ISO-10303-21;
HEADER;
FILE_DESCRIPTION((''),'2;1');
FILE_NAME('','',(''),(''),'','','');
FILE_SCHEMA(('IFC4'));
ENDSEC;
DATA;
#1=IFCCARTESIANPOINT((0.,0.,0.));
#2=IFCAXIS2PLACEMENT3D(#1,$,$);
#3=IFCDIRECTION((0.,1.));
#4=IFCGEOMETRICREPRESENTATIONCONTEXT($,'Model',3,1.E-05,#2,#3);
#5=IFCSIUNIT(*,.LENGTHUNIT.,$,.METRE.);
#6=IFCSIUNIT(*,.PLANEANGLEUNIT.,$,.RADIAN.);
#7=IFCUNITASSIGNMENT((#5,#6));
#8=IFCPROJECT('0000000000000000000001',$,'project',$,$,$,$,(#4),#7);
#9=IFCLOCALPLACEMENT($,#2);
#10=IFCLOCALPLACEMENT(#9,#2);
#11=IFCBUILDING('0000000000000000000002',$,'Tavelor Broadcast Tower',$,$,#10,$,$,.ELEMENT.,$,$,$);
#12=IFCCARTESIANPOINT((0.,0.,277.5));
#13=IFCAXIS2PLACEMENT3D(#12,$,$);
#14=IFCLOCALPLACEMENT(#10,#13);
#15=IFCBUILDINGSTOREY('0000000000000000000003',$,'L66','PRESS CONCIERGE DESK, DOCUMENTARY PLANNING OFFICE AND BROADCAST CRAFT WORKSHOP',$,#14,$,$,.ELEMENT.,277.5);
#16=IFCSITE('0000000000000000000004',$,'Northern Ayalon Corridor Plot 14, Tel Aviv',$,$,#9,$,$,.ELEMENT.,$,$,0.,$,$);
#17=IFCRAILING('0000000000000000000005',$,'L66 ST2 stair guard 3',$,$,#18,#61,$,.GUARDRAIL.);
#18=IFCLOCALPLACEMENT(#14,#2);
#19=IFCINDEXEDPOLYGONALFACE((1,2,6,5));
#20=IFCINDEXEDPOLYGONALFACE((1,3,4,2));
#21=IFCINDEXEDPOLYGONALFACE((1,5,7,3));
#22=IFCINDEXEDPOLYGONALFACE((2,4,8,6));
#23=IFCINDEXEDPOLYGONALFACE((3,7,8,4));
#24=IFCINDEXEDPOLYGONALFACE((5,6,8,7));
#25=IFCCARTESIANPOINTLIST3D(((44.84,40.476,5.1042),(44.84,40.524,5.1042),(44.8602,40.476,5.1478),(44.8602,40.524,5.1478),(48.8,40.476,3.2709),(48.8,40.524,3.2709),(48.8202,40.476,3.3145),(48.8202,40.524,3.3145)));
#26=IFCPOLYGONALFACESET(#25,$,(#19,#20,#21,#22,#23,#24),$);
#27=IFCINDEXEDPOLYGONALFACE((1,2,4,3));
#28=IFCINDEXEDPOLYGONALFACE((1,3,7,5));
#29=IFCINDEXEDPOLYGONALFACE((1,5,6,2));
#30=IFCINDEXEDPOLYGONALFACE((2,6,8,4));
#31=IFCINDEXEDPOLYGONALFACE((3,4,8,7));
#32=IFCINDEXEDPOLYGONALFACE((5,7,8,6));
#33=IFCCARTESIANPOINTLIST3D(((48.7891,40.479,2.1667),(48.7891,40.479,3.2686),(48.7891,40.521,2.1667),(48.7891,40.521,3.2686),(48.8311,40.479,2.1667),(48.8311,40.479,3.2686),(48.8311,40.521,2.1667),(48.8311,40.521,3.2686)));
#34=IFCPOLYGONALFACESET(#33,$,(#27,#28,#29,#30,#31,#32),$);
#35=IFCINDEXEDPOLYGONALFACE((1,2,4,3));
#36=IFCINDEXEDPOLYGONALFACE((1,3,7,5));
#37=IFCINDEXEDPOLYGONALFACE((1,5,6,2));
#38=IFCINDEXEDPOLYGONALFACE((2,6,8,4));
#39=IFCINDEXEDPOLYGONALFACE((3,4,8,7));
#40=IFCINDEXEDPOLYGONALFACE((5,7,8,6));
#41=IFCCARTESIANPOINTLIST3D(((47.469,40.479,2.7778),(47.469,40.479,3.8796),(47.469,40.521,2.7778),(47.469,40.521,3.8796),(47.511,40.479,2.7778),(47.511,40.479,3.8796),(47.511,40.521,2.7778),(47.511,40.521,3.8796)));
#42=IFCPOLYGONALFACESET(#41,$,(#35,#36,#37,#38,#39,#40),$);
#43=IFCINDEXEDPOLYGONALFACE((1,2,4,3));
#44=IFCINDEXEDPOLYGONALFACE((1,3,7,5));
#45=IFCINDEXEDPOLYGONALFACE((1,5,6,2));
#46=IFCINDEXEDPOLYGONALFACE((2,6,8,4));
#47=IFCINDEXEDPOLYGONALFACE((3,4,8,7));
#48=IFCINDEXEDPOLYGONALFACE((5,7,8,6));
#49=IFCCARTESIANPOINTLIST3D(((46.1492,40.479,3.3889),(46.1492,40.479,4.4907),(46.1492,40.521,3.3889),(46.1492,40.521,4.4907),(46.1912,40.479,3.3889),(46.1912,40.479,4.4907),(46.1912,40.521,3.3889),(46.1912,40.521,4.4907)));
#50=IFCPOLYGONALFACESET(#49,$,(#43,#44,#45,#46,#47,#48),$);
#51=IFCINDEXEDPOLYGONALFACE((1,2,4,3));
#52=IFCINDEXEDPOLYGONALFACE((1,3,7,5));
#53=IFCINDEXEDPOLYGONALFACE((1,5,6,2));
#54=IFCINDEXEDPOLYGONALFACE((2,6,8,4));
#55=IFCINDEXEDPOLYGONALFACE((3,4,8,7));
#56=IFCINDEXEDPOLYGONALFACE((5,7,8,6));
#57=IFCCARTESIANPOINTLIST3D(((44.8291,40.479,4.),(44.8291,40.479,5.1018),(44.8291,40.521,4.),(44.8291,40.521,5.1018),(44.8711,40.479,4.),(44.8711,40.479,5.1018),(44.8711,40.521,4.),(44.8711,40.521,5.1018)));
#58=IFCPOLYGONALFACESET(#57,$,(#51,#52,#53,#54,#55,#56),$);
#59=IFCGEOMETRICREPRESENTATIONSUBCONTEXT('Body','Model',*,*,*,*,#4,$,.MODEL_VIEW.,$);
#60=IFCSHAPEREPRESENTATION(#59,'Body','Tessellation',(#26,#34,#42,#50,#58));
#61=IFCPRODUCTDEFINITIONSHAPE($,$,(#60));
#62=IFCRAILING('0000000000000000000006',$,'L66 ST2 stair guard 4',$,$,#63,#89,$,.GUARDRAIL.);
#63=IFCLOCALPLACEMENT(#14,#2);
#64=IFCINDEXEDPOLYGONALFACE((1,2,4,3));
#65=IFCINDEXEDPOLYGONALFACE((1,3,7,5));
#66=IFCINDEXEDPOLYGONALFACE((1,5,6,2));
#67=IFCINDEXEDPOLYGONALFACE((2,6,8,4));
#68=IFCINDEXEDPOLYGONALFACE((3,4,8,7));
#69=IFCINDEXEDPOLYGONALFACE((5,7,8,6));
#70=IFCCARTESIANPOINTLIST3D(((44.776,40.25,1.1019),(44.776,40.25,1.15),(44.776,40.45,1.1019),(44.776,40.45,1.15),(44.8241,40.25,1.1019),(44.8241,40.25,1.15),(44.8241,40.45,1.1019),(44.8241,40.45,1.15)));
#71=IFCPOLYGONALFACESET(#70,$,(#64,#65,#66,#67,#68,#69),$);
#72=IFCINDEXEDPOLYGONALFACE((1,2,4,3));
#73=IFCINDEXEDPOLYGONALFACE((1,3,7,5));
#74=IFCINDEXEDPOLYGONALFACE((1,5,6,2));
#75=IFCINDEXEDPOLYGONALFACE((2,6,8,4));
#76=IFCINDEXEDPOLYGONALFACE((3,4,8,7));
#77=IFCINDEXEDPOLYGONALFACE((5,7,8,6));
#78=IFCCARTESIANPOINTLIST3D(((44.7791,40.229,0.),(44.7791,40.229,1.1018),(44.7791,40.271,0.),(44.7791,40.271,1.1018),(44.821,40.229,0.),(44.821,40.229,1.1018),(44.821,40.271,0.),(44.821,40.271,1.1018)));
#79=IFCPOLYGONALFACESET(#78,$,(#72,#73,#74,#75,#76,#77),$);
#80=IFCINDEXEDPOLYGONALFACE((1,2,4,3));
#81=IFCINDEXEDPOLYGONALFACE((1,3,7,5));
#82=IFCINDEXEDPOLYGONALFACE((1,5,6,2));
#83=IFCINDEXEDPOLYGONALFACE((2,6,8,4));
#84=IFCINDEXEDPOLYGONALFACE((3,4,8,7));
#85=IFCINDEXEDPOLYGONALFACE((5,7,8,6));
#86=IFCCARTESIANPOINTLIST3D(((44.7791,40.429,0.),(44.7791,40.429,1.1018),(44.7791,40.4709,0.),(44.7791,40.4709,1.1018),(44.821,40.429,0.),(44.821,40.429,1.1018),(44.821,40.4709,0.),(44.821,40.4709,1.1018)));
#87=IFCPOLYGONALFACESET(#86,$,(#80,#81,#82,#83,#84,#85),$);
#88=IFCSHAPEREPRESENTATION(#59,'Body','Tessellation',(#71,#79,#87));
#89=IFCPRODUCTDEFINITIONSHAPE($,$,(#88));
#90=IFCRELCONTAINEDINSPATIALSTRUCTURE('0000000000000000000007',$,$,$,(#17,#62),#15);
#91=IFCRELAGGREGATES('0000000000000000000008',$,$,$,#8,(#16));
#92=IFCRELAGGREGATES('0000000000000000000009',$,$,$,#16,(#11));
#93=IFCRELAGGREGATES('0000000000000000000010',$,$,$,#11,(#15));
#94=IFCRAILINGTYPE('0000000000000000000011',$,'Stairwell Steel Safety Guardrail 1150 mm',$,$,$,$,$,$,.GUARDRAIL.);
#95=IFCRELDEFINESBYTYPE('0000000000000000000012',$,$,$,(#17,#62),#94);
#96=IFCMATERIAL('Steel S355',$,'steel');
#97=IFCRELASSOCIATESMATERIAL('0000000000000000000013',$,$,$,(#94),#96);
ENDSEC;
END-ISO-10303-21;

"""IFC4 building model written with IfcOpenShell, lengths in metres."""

from ifc_helpers import new_model, si_unit, direction, frame, origin, origin_2d, place, context, subcontext, project, spatial, rectangle, extrude, material, type_object, element, save


model = new_model("IFC4")

# Units and contexts
model_context = context("Model", 3, precision=1e-05, world=origin(), true_north=direction((0.0, 1.0)))
body_context = subcontext(model_context, "Body", "Model", "MODEL_VIEW")
ifc_project = project(units=[si_unit("LENGTHUNIT", "METRE"), si_unit("PLANEANGLEUNIT", "RADIAN")], contexts=[model_context])

# Site, building, storey
site_placement = place(None, origin())
site = spatial("IfcSite", under=ifc_project, at=site_placement, Name="Northern Ayalon Corridor Plot 14, Tel Aviv", CompositionType="ELEMENT", RefElevation=0.0)
building_placement = place(site_placement, origin())
building = spatial("IfcBuilding", under=site, at=building_placement, Name="Tavelor Broadcast Tower", CompositionType="ELEMENT")
storey_placement = place(building_placement, frame((0.0, 0.0, 277.5)))
storey = spatial("IfcBuildingStorey", under=building, at=storey_placement, Name="L66", Description="PRESS CONCIERGE DESK, DOCUMENTARY PLANNING OFFICE AND BROADCAST CRAFT WORKSHOP", CompositionType="ELEMENT", Elevation=277.5)

# Shared definitions
ifc_material_1 = material(Name="Steel S355", Category="steel")

# Railings
railing_type_1 = type_object("IfcRailingType", Name="Stairwell Steel Safety Guardrail 1150 mm", PredefinedType="GUARDRAIL", material=ifc_material_1)
railing_1_placement = place(storey_placement, frame((48.8101, 40.5, 2.1667)))
element("IfcRailing", 1, at=railing_1_placement, inside=storey, type_object=railing_type_1, Name="L66 ST2 stair guard 3", PredefinedType="GUARDRAIL", context=body_context, shape_type="SweptSolid", body=[
    extrude(rectangle(XDim=0.0481, YDim=0.0481, at=origin_2d()), frame((0.0, 0.0, 1.126), z_axis=(-0.907472, 0.0, 0.420112), x_axis=(0.0, -1.0, 0.0)), (0.0, 0.0, 1.0), 4.3638),
    extrude(rectangle(XDim=0.042, YDim=0.042, at=origin_2d()), origin(), (0.0, 0.0, 1.0), 1.1018),
    extrude(rectangle(XDim=0.042, YDim=0.042, at=origin_2d()), frame((-1.3201, 0.0, 0.6111)), (0.0, 0.0, 1.0), 1.1018),
    extrude(rectangle(XDim=0.042, YDim=0.042, at=origin_2d()), frame((-2.6399, 0.0, 1.2222)), (0.0, 0.0, 1.0), 1.1018),
    extrude(rectangle(XDim=0.042, YDim=0.042, at=origin_2d()), frame((-3.96, 0.0, 1.8333)), (0.0, 0.0, 1.0), 1.1018),
])
railing_2_placement = place(storey_placement, frame((44.8, 40.25, 0.0)))
element("IfcRailing", 2, at=railing_2_placement, inside=storey, type_object=railing_type_1, Name="L66 ST2 stair guard 4", PredefinedType="GUARDRAIL", context=body_context, shape_type="SweptSolid", body=[
    extrude(rectangle(XDim=0.0481, YDim=0.0481, at=origin_2d()), frame((0.0, 0.0, 1.126), z_axis=(0.0, 1.0, 0.0), x_axis=(-1.0, 0.0, 0.0)), (0.0, 0.0, 1.0), 0.2),
    extrude(rectangle(XDim=0.042, YDim=0.042, at=origin_2d()), origin(), (0.0, 0.0, 1.0), 1.1018),
    extrude(rectangle(XDim=0.042, YDim=0.042, at=origin_2d()), frame((0.0, 0.2, 0.0)), (0.0, 0.0, 1.0), 1.1018),
])

save(model, "model.ifc")
